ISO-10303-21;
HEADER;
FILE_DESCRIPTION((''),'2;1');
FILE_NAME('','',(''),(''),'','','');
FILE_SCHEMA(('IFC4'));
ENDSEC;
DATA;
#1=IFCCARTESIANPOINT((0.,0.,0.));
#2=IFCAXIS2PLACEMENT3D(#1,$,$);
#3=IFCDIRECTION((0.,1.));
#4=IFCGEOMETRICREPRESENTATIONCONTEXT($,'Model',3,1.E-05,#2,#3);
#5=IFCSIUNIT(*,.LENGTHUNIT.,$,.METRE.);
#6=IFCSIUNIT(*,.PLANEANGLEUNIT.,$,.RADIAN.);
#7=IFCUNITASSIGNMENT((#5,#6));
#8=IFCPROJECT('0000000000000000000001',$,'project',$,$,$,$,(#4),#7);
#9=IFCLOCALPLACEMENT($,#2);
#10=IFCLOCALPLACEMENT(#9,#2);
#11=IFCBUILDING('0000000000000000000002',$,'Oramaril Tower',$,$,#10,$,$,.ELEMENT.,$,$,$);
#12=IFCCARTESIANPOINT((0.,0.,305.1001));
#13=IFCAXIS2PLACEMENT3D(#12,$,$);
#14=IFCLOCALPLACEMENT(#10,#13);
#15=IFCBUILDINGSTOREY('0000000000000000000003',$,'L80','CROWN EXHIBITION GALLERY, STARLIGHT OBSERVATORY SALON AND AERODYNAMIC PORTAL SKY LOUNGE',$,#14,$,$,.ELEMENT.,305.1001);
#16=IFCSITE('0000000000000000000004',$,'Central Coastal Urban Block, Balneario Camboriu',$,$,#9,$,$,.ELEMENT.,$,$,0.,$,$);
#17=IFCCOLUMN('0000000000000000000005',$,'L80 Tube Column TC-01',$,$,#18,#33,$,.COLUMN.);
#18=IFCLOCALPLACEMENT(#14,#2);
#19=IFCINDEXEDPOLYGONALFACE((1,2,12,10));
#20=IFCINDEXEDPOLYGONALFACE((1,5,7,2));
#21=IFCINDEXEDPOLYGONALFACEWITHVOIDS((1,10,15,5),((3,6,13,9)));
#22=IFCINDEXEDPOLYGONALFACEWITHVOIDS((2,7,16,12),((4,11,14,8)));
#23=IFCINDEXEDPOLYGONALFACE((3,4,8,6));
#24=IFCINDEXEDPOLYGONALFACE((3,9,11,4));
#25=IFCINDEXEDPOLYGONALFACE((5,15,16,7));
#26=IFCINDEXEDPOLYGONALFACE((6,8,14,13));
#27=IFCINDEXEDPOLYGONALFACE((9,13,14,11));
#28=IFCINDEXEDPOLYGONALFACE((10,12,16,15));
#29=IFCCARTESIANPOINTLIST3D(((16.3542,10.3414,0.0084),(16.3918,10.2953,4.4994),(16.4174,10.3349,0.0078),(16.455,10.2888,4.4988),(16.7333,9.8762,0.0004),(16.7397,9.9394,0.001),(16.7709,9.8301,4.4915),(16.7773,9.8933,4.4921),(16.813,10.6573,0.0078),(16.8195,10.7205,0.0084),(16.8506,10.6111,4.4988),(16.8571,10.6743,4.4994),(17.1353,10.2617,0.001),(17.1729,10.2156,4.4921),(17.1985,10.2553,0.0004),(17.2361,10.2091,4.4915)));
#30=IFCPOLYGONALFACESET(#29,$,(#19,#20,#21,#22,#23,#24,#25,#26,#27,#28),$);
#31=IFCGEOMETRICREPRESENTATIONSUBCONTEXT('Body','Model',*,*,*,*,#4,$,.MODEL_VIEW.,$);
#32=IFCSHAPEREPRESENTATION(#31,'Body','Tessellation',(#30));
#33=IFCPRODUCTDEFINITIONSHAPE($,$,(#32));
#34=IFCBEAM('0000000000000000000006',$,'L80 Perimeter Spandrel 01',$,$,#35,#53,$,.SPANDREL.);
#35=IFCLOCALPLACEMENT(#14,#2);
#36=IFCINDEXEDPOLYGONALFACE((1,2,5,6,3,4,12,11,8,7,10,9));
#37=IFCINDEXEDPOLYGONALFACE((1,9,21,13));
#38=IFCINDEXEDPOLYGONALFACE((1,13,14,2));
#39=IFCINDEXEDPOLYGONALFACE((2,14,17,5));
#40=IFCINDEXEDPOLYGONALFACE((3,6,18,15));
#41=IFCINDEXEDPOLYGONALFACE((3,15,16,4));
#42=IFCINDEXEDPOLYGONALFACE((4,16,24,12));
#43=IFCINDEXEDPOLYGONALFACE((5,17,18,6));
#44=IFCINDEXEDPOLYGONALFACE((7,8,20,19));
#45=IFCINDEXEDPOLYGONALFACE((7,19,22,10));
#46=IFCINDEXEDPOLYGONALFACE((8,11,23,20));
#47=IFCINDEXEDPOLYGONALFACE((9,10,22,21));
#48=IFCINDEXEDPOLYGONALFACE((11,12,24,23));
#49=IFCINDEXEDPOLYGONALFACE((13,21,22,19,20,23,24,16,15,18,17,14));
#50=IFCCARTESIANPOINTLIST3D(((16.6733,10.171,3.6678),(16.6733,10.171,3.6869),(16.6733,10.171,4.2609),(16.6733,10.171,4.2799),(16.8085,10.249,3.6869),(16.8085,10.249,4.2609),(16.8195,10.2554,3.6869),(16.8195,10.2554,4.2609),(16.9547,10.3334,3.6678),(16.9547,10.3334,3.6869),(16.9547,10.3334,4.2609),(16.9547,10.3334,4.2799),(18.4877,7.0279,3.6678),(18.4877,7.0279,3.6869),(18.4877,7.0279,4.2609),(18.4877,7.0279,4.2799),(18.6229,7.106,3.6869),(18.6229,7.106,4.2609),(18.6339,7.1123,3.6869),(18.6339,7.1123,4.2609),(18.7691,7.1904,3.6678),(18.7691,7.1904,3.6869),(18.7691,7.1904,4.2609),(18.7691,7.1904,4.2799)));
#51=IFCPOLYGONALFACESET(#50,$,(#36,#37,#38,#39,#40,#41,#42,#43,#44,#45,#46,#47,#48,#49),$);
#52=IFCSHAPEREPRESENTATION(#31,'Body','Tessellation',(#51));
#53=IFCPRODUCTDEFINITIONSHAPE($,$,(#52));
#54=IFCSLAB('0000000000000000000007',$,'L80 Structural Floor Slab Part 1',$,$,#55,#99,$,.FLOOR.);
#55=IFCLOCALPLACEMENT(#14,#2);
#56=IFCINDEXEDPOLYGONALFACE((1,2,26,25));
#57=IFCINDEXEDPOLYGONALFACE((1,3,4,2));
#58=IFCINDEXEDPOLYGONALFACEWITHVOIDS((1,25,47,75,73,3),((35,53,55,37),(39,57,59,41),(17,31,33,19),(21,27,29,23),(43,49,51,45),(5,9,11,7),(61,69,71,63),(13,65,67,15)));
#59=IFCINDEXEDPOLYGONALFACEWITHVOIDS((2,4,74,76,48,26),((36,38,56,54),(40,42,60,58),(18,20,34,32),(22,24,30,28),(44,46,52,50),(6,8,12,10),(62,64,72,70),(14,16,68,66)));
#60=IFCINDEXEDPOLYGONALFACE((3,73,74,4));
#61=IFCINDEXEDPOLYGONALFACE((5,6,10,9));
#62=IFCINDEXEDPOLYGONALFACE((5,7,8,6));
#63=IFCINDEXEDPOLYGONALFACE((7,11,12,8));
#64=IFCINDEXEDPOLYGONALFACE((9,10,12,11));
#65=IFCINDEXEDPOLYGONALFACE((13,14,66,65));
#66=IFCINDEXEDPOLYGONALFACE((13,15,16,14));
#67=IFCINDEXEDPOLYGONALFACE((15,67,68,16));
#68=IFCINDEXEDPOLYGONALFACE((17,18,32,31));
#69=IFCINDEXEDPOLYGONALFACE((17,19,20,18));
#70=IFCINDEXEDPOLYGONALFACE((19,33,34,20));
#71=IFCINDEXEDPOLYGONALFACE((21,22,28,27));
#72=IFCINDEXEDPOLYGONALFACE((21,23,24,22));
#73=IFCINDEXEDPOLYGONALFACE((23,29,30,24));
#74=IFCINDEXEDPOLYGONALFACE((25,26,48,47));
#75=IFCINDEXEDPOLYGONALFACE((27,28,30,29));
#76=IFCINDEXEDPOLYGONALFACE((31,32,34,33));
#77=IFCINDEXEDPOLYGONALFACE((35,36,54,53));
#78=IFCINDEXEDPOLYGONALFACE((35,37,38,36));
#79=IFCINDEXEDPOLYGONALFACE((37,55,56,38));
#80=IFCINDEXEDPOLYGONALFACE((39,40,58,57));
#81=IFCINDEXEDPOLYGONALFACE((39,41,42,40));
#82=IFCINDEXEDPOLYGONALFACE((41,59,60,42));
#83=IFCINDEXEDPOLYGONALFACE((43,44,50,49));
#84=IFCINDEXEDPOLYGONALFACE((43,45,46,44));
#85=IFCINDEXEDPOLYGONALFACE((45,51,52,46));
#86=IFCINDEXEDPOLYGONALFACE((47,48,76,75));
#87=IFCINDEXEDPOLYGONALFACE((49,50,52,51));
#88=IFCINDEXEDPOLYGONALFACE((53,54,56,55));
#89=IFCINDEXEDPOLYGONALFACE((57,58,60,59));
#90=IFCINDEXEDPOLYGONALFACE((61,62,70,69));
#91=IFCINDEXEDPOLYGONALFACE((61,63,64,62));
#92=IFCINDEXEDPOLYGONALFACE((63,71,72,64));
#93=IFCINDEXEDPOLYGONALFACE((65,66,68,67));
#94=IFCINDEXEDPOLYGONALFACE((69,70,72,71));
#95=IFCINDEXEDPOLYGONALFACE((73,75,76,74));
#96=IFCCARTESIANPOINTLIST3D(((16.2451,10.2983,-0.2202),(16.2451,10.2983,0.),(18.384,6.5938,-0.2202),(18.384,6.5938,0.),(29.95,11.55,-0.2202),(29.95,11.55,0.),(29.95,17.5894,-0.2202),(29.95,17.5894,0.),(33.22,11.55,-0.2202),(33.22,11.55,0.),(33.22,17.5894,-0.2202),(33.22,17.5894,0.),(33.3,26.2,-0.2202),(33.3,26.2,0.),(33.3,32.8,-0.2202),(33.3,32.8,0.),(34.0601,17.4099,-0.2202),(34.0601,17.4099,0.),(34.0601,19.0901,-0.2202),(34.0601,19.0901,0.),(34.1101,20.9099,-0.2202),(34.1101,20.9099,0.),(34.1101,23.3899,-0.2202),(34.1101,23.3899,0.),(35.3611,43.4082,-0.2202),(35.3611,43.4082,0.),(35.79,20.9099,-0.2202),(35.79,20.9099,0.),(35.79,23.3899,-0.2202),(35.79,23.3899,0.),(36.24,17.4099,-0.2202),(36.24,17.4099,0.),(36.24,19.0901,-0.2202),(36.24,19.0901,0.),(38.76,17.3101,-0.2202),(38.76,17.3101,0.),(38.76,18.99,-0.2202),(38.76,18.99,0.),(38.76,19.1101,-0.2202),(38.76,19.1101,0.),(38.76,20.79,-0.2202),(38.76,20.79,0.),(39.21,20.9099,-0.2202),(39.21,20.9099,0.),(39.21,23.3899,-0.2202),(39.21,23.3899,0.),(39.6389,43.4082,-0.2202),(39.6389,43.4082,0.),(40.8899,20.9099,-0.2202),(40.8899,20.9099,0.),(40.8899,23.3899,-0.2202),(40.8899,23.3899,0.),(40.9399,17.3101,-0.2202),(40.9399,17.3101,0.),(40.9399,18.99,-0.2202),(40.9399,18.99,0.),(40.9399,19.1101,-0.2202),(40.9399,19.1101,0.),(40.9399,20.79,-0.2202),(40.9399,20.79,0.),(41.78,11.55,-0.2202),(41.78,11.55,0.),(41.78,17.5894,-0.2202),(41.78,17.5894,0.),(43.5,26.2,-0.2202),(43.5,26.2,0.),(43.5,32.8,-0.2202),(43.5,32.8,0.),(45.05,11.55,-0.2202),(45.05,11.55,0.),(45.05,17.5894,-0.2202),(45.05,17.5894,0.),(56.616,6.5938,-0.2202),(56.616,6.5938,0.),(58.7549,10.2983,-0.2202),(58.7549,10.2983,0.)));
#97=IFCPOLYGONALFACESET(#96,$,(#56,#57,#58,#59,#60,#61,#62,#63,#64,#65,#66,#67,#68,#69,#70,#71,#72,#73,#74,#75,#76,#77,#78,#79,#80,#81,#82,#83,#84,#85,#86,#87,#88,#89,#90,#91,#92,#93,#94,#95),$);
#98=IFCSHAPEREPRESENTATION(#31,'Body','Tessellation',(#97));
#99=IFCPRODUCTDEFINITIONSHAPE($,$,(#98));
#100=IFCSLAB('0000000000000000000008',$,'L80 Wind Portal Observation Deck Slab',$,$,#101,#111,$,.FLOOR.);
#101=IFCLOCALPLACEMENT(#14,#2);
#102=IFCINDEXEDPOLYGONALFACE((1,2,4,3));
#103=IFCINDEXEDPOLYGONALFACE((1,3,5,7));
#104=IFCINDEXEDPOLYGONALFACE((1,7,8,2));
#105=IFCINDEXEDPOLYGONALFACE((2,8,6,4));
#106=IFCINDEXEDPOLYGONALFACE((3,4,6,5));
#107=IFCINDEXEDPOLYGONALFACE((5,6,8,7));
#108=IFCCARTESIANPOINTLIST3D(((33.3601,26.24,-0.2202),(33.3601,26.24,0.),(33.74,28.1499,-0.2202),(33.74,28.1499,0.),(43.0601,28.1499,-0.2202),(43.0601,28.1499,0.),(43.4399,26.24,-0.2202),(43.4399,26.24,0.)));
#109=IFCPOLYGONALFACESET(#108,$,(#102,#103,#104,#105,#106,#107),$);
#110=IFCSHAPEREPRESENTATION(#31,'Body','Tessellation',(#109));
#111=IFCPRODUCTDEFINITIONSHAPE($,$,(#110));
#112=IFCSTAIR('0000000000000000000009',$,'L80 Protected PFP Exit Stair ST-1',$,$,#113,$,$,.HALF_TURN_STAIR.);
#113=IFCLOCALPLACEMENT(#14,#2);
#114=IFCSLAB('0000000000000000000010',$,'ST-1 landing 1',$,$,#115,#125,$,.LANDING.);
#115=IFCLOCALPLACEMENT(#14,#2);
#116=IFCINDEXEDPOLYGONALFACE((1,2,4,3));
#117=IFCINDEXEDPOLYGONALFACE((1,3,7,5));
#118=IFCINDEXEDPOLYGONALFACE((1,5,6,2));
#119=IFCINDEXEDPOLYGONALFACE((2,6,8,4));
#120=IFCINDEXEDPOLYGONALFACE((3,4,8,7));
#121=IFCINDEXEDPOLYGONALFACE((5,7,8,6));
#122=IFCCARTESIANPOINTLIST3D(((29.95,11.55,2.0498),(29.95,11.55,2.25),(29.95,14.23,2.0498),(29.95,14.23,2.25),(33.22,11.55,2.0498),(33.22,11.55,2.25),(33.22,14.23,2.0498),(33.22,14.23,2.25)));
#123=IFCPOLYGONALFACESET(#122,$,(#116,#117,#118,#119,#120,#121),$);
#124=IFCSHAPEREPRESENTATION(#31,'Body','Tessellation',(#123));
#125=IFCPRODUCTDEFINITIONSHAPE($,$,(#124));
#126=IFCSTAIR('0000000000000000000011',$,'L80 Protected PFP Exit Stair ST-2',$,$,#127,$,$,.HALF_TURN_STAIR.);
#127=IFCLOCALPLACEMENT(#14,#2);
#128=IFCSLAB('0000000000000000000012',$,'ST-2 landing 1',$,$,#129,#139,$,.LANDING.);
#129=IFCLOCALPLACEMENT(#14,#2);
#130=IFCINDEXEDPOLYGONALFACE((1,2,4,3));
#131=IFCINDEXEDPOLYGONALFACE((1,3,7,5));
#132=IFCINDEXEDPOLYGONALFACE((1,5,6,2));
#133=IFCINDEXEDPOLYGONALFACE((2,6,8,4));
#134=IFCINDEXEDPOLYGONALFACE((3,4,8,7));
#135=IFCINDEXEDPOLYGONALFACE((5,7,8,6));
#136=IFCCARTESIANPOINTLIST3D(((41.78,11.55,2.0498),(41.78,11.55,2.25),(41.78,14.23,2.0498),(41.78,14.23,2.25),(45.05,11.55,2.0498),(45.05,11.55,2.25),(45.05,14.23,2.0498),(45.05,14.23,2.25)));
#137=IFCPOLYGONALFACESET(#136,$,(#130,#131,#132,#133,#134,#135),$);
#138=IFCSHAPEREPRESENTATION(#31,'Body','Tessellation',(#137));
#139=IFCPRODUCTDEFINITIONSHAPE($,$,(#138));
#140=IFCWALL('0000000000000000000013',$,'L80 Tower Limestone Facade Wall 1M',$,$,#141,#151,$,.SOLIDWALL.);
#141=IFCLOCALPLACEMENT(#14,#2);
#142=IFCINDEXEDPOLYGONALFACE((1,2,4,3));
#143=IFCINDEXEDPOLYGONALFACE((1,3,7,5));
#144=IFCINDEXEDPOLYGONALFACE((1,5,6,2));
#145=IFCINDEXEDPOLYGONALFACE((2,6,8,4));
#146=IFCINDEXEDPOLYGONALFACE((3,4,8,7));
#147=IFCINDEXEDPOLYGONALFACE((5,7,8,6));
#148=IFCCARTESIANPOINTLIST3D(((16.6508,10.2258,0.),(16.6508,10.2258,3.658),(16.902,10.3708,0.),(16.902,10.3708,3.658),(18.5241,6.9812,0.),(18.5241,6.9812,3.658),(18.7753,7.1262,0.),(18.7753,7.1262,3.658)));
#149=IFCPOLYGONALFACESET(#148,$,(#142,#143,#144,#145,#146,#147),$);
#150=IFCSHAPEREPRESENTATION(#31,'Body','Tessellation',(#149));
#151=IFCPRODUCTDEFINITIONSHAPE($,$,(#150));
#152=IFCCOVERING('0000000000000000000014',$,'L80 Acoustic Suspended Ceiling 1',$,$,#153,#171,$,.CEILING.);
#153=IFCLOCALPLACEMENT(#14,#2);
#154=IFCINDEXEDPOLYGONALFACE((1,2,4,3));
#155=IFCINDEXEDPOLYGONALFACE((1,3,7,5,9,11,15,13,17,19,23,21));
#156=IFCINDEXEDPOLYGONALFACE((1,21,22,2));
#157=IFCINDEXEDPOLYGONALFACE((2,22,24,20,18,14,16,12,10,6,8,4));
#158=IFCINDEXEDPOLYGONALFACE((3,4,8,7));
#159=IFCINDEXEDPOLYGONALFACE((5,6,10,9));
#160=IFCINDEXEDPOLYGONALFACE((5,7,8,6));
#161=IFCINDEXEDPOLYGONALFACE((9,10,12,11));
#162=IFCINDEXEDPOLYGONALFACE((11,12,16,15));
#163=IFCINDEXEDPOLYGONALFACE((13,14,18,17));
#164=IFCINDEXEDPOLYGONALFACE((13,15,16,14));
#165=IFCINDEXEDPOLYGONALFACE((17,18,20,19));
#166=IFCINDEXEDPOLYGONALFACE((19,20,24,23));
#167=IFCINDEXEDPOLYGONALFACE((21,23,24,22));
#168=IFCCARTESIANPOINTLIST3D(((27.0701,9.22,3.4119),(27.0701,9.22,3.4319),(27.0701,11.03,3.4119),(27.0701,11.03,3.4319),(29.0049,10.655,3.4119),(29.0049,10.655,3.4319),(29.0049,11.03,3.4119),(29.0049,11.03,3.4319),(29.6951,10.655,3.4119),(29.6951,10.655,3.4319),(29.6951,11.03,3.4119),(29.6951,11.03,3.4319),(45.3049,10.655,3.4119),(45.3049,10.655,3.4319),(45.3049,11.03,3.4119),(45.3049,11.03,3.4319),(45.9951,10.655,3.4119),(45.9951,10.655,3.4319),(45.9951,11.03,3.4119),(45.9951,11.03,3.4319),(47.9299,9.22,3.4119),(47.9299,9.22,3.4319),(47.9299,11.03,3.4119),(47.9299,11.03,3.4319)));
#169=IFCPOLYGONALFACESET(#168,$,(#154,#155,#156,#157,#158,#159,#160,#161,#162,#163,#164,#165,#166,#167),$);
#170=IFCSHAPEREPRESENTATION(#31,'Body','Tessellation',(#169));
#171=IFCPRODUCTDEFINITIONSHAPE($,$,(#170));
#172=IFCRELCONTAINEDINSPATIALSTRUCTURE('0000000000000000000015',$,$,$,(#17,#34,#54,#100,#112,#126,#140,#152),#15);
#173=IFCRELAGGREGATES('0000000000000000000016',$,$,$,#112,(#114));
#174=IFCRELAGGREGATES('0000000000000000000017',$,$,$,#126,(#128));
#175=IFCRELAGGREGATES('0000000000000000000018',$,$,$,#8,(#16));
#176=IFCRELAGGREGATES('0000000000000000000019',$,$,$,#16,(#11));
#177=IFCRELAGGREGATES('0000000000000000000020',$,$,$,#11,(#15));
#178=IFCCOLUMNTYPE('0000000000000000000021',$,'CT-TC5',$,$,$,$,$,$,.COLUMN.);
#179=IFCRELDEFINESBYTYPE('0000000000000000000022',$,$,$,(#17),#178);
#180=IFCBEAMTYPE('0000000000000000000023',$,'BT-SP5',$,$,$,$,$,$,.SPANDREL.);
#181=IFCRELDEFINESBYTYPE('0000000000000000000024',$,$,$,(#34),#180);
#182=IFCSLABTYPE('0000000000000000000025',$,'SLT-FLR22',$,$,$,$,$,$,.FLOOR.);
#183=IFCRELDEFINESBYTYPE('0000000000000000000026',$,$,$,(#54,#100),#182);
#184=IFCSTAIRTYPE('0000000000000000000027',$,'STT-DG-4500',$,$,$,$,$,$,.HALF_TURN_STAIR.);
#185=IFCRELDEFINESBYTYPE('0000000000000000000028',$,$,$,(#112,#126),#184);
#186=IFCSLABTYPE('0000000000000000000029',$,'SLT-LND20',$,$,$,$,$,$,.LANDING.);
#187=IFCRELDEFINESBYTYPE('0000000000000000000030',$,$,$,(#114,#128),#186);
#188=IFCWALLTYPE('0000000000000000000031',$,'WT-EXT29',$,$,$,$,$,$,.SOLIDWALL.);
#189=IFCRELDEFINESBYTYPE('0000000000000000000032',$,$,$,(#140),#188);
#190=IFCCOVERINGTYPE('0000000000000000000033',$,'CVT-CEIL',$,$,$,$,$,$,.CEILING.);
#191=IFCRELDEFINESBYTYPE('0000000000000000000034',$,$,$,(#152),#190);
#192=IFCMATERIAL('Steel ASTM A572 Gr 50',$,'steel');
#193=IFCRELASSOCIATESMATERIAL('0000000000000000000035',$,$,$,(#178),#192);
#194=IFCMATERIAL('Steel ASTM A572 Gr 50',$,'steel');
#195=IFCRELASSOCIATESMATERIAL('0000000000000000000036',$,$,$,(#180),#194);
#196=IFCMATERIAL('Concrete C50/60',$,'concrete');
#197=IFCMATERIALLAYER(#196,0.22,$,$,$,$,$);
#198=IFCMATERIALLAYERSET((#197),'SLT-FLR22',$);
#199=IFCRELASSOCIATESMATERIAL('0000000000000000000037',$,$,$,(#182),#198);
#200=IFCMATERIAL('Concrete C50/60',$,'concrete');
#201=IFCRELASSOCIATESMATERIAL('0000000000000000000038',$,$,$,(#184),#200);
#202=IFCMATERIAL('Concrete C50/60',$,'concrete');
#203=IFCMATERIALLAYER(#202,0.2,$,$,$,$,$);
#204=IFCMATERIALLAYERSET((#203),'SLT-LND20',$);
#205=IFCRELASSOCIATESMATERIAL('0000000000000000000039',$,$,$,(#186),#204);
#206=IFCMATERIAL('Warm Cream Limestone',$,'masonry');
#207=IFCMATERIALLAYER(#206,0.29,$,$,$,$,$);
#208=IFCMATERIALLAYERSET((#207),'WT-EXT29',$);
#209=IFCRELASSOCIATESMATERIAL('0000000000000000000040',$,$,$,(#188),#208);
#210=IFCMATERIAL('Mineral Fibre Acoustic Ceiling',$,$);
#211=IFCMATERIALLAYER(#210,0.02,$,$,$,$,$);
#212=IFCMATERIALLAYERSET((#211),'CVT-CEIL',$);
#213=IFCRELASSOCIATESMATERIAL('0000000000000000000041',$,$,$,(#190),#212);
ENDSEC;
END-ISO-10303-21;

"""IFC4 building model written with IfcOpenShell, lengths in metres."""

from ifc_helpers import new_model, si_unit, direction, frame, frame_2d, origin, origin_2d, place, context, subcontext, project, spatial, polyline, rectangle, hollow_rectangle, i_section, outline, extrude, material, layer, layer_set, material_profile, profile_set, type_object, element, aggregate, save


model = new_model("IFC4")

# Units and contexts
model_context = context("Model", 3, precision=1e-05, world=origin(), true_north=direction((0.0, 1.0)))
body_context = subcontext(model_context, "Body", "Model", "MODEL_VIEW")
ifc_project = project(units=[si_unit("LENGTHUNIT", "METRE"), si_unit("PLANEANGLEUNIT", "RADIAN")], contexts=[model_context])

# Site, building, storey
site_placement = place(None, origin())
site = spatial("IfcSite", under=ifc_project, at=site_placement, Name="Central Coastal Urban Block, Balneario Camboriu", CompositionType="ELEMENT", RefElevation=0.0)
building_placement = place(site_placement, origin())
building = spatial("IfcBuilding", under=site, at=building_placement, Name="Oramaril Tower", CompositionType="ELEMENT")
storey_placement = place(building_placement, frame((0.0, 0.0, 305.1001)))
storey = spatial("IfcBuildingStorey", under=building, at=storey_placement, Name="L80", Description="CROWN EXHIBITION GALLERY, STARLIGHT OBSERVATORY SALON AND AERODYNAMIC PORTAL SKY LOUNGE", CompositionType="ELEMENT", Elevation=305.1001)

# Column
ifc_material_1 = material(Name="Steel ASTM A572 Gr 50", Category="steel")
ifc_material_profile_1 = material_profile(ifc_material_1, hollow_rectangle(XDim=0.6001, YDim=0.6001, WallThickness=0.0449, at=origin_2d()), Name="BOX600X600X45")
ifc_profile_set_1 = profile_set([ifc_material_profile_1], Name="Steel ASTM A572 Gr 50")
column_type = type_object("IfcColumnType", Name="CT-TC5", PredefinedType="COLUMN", material=ifc_profile_set_1)
column_placement = place(storey_placement, frame((16.7764, 10.2983, 0.0044), z_axis=(0.008371, -0.010274, 0.999912), x_axis=(0.775235, 0.631673, 0.0)))
element("IfcColumn", 1, at=column_placement, inside=storey, type_object=column_type, Name="L80 Tube Column TC-01", PredefinedType="COLUMN", context=body_context, shape_type="SweptSolid", body=[
    extrude(hollow_rectangle(XDim=0.6001, YDim=0.6001, WallThickness=0.0449, at=origin_2d()), origin(), (0.0, 0.0, 1.0), 4.4915),
])

# Beam
ifc_material_2 = material(Name="Steel ASTM A572 Gr 50", Category="steel")
ifc_material_profile_2 = material_profile(ifc_material_2, i_section(OverallWidth=0.325, OverallDepth=0.6121, WebThickness=0.0127, FlangeThickness=0.019, at=origin_2d()), Name="W24X104")
ifc_profile_set_2 = profile_set([ifc_material_profile_2], Name="Steel ASTM A572 Gr 50")
beam_type = type_object("IfcBeamType", Name="BT-SP5", PredefinedType="SPANDREL", material=ifc_profile_set_2)
beam_placement = place(storey_placement, frame((16.814, 10.2522, 3.9739), z_axis=(0.499959, -0.866049, 0.0), x_axis=(0.866049, 0.499959, 0.0)))
element("IfcBeam", 2, at=beam_placement, inside=storey, type_object=beam_type, Name="L80 Perimeter Spandrel 01", PredefinedType="SPANDREL", context=body_context, shape_type="SweptSolid", body=[
    extrude(i_section(OverallWidth=0.325, OverallDepth=0.6121, WebThickness=0.0127, FlangeThickness=0.019, at=origin_2d()), origin(), (0.0, 0.0, 1.0), 3.6292),
])

# Slabs
ifc_material_3 = material(Name="Concrete C50/60", Category="concrete")
ifc_layer_1 = layer(ifc_material_3, 0.22)
ifc_layer_set_1 = layer_set([ifc_layer_1], Name="SLT-FLR22")
slab_type_1 = type_object("IfcSlabType", Name="SLT-FLR22", PredefinedType="FLOOR", material=ifc_layer_set_1)
slab_1_placement = place(storey_placement, frame((0.0, 0.0, -0.2202)))
element("IfcSlab", 3, at=slab_1_placement, inside=storey, type_object=slab_type_1, Name="L80 Structural Floor Slab Part 1", PredefinedType="FLOOR", context=body_context, shape_type="SweptSolid", body=[
    extrude(outline(polyline([(35.3611, 43.4082), (39.6389, 43.4082), (58.7549, 10.2983), (56.616, 6.5938), (18.384, 6.5938), (16.2451, 10.2983), (35.3611, 43.4082)]), holes=[polyline([(43.5, 32.8), (33.3, 32.8), (33.3, 26.2), (43.5, 26.2), (43.5, 32.8)]), polyline([(29.95, 17.5894), (29.95, 11.55), (33.22, 11.55), (33.22, 17.5894), (29.95, 17.5894)]), polyline([(41.78, 17.5894), (41.78, 11.55), (45.05, 11.55), (45.05, 17.5894), (41.78, 17.5894)]), polyline([(34.1101, 20.9099), (35.79, 20.9099), (35.79, 23.3899), (34.1101, 23.3899), (34.1101, 20.9099)]), polyline([(39.21, 20.9099), (40.8899, 20.9099), (40.8899, 23.3899), (39.21, 23.3899), (39.21, 20.9099)]), polyline([(34.0601, 17.4099), (36.24, 17.4099), (36.24, 19.0901), (34.0601, 19.0901), (34.0601, 17.4099)]), polyline([(38.76, 17.3101), (40.9399, 17.3101), (40.9399, 18.99), (38.76, 18.99), (38.76, 17.3101)]), polyline([(38.76, 19.1101), (40.9399, 19.1101), (40.9399, 20.79), (38.76, 20.79), (38.76, 19.1101)])]), origin(), (0.0, 0.0, 1.0), 0.2202),
])
slab_2_placement = place(storey_placement, frame((0.0, 0.0, -0.2202)))
element("IfcSlab", 4, at=slab_2_placement, inside=storey, type_object=slab_type_1, Name="L80 Wind Portal Observation Deck Slab", PredefinedType="FLOOR", context=body_context, shape_type="SweptSolid", body=[
    extrude(outline(polyline([(33.3601, 26.24), (43.4399, 26.24), (43.0601, 28.1499), (33.74, 28.1499), (33.3601, 26.24)])), origin(), (0.0, 0.0, 1.0), 0.2202),
])

# Stairs, slabs
ifc_material_4 = material(Name="Concrete C50/60", Category="concrete")
stair_type = type_object("IfcStairType", Name="STT-DG-4500", PredefinedType="HALF_TURN_STAIR", material=ifc_material_4)
stair_1_placement = place(storey_placement, origin())
stair_1 = element("IfcStair", 5, at=stair_1_placement, inside=storey, type_object=stair_type, Name="L80 Protected PFP Exit Stair ST-1", PredefinedType="HALF_TURN_STAIR")
ifc_material_5 = material(Name="Concrete C50/60", Category="concrete")
ifc_layer_2 = layer(ifc_material_5, 0.2)
ifc_layer_set_2 = layer_set([ifc_layer_2], Name="SLT-LND20")
slab_type_2 = type_object("IfcSlabType", Name="SLT-LND20", PredefinedType="LANDING", material=ifc_layer_set_2)
slab_3_placement = place(storey_placement, frame((0.0, 0.0, 2.0498)))
slab_3 = element("IfcSlab", 6, at=slab_3_placement, type_object=slab_type_2, Name="ST-1 landing 1", PredefinedType="LANDING", context=body_context, shape_type="SweptSolid", body=[
    extrude(outline(polyline([(29.95, 14.23), (29.95, 11.55), (33.22, 11.55), (33.22, 14.23), (29.95, 14.23)])), origin(), (0.0, 0.0, 1.0), 0.2002),
])
aggregate(stair_1, [slab_3])
stair_2_placement = place(storey_placement, origin())
stair_2 = element("IfcStair", 7, at=stair_2_placement, inside=storey, type_object=stair_type, Name="L80 Protected PFP Exit Stair ST-2", PredefinedType="HALF_TURN_STAIR")
slab_4_placement = place(storey_placement, frame((0.0, 0.0, 2.0498)))
slab_4 = element("IfcSlab", 8, at=slab_4_placement, type_object=slab_type_2, Name="ST-2 landing 1", PredefinedType="LANDING", context=body_context, shape_type="SweptSolid", body=[
    extrude(outline(polyline([(41.78, 14.23), (41.78, 11.55), (45.05, 11.55), (45.05, 14.23), (41.78, 14.23)])), origin(), (0.0, 0.0, 1.0), 0.2002),
])
aggregate(stair_2, [slab_4])

# Wall
ifc_material_6 = material(Name="Warm Cream Limestone", Category="masonry")
ifc_layer_3 = layer(ifc_material_6, 0.29)
ifc_layer_set_3 = layer_set([ifc_layer_3], Name="WT-EXT29")
wall_type = type_object("IfcWallType", Name="WT-EXT29", PredefinedType="SOLIDWALL", material=ifc_layer_set_3)
wall_placement = place(storey_placement, frame((16.7764, 10.2983, 0.0), z_axis=(0.0, 0.0, 1.0), x_axis=(0.500001, -0.866025, 0.0)))
element("IfcWall", 9, at=wall_placement, inside=storey, type_object=wall_type, Name="L80 Tower Limestone Facade Wall 1M", PredefinedType="SOLIDWALL", context=body_context, shape_type="SweptSolid", body=[
    extrude(rectangle(XDim=3.7466, YDim=0.29, at=frame_2d((1.8733, 0.0))), origin(), (0.0, 0.0, 1.0), 3.658),
])

# Covering
ifc_material_7 = material(Name="Mineral Fibre Acoustic Ceiling")
ifc_layer_4 = layer(ifc_material_7, 0.02)
ifc_layer_set_4 = layer_set([ifc_layer_4], Name="CVT-CEIL")
covering_type_1 = type_object("IfcCoveringType", Name="CVT-CEIL", PredefinedType="CEILING", material=ifc_layer_set_4)
covering_1_placement = place(storey_placement, frame((0.0, 0.0, 3.4119)))
element("IfcCovering", 10, at=covering_1_placement, inside=storey, type_object=covering_type_1, Name="L80 Acoustic Suspended Ceiling 1", PredefinedType="CEILING", context=body_context, shape_type="SweptSolid", body=[
    extrude(outline(polyline([(45.3049, 10.655), (45.9951, 10.655), (45.9951, 11.03), (47.9299, 11.03), (47.9299, 9.22), (27.0701, 9.22), (27.0701, 11.03), (29.0049, 11.03), (29.0049, 10.655), (29.6951, 10.655), (29.6951, 11.03), (45.3049, 11.03), (45.3049, 10.655)])), origin(), (0.0, 0.0, 1.0), 0.02),
])

save(model, "model.ifc")
